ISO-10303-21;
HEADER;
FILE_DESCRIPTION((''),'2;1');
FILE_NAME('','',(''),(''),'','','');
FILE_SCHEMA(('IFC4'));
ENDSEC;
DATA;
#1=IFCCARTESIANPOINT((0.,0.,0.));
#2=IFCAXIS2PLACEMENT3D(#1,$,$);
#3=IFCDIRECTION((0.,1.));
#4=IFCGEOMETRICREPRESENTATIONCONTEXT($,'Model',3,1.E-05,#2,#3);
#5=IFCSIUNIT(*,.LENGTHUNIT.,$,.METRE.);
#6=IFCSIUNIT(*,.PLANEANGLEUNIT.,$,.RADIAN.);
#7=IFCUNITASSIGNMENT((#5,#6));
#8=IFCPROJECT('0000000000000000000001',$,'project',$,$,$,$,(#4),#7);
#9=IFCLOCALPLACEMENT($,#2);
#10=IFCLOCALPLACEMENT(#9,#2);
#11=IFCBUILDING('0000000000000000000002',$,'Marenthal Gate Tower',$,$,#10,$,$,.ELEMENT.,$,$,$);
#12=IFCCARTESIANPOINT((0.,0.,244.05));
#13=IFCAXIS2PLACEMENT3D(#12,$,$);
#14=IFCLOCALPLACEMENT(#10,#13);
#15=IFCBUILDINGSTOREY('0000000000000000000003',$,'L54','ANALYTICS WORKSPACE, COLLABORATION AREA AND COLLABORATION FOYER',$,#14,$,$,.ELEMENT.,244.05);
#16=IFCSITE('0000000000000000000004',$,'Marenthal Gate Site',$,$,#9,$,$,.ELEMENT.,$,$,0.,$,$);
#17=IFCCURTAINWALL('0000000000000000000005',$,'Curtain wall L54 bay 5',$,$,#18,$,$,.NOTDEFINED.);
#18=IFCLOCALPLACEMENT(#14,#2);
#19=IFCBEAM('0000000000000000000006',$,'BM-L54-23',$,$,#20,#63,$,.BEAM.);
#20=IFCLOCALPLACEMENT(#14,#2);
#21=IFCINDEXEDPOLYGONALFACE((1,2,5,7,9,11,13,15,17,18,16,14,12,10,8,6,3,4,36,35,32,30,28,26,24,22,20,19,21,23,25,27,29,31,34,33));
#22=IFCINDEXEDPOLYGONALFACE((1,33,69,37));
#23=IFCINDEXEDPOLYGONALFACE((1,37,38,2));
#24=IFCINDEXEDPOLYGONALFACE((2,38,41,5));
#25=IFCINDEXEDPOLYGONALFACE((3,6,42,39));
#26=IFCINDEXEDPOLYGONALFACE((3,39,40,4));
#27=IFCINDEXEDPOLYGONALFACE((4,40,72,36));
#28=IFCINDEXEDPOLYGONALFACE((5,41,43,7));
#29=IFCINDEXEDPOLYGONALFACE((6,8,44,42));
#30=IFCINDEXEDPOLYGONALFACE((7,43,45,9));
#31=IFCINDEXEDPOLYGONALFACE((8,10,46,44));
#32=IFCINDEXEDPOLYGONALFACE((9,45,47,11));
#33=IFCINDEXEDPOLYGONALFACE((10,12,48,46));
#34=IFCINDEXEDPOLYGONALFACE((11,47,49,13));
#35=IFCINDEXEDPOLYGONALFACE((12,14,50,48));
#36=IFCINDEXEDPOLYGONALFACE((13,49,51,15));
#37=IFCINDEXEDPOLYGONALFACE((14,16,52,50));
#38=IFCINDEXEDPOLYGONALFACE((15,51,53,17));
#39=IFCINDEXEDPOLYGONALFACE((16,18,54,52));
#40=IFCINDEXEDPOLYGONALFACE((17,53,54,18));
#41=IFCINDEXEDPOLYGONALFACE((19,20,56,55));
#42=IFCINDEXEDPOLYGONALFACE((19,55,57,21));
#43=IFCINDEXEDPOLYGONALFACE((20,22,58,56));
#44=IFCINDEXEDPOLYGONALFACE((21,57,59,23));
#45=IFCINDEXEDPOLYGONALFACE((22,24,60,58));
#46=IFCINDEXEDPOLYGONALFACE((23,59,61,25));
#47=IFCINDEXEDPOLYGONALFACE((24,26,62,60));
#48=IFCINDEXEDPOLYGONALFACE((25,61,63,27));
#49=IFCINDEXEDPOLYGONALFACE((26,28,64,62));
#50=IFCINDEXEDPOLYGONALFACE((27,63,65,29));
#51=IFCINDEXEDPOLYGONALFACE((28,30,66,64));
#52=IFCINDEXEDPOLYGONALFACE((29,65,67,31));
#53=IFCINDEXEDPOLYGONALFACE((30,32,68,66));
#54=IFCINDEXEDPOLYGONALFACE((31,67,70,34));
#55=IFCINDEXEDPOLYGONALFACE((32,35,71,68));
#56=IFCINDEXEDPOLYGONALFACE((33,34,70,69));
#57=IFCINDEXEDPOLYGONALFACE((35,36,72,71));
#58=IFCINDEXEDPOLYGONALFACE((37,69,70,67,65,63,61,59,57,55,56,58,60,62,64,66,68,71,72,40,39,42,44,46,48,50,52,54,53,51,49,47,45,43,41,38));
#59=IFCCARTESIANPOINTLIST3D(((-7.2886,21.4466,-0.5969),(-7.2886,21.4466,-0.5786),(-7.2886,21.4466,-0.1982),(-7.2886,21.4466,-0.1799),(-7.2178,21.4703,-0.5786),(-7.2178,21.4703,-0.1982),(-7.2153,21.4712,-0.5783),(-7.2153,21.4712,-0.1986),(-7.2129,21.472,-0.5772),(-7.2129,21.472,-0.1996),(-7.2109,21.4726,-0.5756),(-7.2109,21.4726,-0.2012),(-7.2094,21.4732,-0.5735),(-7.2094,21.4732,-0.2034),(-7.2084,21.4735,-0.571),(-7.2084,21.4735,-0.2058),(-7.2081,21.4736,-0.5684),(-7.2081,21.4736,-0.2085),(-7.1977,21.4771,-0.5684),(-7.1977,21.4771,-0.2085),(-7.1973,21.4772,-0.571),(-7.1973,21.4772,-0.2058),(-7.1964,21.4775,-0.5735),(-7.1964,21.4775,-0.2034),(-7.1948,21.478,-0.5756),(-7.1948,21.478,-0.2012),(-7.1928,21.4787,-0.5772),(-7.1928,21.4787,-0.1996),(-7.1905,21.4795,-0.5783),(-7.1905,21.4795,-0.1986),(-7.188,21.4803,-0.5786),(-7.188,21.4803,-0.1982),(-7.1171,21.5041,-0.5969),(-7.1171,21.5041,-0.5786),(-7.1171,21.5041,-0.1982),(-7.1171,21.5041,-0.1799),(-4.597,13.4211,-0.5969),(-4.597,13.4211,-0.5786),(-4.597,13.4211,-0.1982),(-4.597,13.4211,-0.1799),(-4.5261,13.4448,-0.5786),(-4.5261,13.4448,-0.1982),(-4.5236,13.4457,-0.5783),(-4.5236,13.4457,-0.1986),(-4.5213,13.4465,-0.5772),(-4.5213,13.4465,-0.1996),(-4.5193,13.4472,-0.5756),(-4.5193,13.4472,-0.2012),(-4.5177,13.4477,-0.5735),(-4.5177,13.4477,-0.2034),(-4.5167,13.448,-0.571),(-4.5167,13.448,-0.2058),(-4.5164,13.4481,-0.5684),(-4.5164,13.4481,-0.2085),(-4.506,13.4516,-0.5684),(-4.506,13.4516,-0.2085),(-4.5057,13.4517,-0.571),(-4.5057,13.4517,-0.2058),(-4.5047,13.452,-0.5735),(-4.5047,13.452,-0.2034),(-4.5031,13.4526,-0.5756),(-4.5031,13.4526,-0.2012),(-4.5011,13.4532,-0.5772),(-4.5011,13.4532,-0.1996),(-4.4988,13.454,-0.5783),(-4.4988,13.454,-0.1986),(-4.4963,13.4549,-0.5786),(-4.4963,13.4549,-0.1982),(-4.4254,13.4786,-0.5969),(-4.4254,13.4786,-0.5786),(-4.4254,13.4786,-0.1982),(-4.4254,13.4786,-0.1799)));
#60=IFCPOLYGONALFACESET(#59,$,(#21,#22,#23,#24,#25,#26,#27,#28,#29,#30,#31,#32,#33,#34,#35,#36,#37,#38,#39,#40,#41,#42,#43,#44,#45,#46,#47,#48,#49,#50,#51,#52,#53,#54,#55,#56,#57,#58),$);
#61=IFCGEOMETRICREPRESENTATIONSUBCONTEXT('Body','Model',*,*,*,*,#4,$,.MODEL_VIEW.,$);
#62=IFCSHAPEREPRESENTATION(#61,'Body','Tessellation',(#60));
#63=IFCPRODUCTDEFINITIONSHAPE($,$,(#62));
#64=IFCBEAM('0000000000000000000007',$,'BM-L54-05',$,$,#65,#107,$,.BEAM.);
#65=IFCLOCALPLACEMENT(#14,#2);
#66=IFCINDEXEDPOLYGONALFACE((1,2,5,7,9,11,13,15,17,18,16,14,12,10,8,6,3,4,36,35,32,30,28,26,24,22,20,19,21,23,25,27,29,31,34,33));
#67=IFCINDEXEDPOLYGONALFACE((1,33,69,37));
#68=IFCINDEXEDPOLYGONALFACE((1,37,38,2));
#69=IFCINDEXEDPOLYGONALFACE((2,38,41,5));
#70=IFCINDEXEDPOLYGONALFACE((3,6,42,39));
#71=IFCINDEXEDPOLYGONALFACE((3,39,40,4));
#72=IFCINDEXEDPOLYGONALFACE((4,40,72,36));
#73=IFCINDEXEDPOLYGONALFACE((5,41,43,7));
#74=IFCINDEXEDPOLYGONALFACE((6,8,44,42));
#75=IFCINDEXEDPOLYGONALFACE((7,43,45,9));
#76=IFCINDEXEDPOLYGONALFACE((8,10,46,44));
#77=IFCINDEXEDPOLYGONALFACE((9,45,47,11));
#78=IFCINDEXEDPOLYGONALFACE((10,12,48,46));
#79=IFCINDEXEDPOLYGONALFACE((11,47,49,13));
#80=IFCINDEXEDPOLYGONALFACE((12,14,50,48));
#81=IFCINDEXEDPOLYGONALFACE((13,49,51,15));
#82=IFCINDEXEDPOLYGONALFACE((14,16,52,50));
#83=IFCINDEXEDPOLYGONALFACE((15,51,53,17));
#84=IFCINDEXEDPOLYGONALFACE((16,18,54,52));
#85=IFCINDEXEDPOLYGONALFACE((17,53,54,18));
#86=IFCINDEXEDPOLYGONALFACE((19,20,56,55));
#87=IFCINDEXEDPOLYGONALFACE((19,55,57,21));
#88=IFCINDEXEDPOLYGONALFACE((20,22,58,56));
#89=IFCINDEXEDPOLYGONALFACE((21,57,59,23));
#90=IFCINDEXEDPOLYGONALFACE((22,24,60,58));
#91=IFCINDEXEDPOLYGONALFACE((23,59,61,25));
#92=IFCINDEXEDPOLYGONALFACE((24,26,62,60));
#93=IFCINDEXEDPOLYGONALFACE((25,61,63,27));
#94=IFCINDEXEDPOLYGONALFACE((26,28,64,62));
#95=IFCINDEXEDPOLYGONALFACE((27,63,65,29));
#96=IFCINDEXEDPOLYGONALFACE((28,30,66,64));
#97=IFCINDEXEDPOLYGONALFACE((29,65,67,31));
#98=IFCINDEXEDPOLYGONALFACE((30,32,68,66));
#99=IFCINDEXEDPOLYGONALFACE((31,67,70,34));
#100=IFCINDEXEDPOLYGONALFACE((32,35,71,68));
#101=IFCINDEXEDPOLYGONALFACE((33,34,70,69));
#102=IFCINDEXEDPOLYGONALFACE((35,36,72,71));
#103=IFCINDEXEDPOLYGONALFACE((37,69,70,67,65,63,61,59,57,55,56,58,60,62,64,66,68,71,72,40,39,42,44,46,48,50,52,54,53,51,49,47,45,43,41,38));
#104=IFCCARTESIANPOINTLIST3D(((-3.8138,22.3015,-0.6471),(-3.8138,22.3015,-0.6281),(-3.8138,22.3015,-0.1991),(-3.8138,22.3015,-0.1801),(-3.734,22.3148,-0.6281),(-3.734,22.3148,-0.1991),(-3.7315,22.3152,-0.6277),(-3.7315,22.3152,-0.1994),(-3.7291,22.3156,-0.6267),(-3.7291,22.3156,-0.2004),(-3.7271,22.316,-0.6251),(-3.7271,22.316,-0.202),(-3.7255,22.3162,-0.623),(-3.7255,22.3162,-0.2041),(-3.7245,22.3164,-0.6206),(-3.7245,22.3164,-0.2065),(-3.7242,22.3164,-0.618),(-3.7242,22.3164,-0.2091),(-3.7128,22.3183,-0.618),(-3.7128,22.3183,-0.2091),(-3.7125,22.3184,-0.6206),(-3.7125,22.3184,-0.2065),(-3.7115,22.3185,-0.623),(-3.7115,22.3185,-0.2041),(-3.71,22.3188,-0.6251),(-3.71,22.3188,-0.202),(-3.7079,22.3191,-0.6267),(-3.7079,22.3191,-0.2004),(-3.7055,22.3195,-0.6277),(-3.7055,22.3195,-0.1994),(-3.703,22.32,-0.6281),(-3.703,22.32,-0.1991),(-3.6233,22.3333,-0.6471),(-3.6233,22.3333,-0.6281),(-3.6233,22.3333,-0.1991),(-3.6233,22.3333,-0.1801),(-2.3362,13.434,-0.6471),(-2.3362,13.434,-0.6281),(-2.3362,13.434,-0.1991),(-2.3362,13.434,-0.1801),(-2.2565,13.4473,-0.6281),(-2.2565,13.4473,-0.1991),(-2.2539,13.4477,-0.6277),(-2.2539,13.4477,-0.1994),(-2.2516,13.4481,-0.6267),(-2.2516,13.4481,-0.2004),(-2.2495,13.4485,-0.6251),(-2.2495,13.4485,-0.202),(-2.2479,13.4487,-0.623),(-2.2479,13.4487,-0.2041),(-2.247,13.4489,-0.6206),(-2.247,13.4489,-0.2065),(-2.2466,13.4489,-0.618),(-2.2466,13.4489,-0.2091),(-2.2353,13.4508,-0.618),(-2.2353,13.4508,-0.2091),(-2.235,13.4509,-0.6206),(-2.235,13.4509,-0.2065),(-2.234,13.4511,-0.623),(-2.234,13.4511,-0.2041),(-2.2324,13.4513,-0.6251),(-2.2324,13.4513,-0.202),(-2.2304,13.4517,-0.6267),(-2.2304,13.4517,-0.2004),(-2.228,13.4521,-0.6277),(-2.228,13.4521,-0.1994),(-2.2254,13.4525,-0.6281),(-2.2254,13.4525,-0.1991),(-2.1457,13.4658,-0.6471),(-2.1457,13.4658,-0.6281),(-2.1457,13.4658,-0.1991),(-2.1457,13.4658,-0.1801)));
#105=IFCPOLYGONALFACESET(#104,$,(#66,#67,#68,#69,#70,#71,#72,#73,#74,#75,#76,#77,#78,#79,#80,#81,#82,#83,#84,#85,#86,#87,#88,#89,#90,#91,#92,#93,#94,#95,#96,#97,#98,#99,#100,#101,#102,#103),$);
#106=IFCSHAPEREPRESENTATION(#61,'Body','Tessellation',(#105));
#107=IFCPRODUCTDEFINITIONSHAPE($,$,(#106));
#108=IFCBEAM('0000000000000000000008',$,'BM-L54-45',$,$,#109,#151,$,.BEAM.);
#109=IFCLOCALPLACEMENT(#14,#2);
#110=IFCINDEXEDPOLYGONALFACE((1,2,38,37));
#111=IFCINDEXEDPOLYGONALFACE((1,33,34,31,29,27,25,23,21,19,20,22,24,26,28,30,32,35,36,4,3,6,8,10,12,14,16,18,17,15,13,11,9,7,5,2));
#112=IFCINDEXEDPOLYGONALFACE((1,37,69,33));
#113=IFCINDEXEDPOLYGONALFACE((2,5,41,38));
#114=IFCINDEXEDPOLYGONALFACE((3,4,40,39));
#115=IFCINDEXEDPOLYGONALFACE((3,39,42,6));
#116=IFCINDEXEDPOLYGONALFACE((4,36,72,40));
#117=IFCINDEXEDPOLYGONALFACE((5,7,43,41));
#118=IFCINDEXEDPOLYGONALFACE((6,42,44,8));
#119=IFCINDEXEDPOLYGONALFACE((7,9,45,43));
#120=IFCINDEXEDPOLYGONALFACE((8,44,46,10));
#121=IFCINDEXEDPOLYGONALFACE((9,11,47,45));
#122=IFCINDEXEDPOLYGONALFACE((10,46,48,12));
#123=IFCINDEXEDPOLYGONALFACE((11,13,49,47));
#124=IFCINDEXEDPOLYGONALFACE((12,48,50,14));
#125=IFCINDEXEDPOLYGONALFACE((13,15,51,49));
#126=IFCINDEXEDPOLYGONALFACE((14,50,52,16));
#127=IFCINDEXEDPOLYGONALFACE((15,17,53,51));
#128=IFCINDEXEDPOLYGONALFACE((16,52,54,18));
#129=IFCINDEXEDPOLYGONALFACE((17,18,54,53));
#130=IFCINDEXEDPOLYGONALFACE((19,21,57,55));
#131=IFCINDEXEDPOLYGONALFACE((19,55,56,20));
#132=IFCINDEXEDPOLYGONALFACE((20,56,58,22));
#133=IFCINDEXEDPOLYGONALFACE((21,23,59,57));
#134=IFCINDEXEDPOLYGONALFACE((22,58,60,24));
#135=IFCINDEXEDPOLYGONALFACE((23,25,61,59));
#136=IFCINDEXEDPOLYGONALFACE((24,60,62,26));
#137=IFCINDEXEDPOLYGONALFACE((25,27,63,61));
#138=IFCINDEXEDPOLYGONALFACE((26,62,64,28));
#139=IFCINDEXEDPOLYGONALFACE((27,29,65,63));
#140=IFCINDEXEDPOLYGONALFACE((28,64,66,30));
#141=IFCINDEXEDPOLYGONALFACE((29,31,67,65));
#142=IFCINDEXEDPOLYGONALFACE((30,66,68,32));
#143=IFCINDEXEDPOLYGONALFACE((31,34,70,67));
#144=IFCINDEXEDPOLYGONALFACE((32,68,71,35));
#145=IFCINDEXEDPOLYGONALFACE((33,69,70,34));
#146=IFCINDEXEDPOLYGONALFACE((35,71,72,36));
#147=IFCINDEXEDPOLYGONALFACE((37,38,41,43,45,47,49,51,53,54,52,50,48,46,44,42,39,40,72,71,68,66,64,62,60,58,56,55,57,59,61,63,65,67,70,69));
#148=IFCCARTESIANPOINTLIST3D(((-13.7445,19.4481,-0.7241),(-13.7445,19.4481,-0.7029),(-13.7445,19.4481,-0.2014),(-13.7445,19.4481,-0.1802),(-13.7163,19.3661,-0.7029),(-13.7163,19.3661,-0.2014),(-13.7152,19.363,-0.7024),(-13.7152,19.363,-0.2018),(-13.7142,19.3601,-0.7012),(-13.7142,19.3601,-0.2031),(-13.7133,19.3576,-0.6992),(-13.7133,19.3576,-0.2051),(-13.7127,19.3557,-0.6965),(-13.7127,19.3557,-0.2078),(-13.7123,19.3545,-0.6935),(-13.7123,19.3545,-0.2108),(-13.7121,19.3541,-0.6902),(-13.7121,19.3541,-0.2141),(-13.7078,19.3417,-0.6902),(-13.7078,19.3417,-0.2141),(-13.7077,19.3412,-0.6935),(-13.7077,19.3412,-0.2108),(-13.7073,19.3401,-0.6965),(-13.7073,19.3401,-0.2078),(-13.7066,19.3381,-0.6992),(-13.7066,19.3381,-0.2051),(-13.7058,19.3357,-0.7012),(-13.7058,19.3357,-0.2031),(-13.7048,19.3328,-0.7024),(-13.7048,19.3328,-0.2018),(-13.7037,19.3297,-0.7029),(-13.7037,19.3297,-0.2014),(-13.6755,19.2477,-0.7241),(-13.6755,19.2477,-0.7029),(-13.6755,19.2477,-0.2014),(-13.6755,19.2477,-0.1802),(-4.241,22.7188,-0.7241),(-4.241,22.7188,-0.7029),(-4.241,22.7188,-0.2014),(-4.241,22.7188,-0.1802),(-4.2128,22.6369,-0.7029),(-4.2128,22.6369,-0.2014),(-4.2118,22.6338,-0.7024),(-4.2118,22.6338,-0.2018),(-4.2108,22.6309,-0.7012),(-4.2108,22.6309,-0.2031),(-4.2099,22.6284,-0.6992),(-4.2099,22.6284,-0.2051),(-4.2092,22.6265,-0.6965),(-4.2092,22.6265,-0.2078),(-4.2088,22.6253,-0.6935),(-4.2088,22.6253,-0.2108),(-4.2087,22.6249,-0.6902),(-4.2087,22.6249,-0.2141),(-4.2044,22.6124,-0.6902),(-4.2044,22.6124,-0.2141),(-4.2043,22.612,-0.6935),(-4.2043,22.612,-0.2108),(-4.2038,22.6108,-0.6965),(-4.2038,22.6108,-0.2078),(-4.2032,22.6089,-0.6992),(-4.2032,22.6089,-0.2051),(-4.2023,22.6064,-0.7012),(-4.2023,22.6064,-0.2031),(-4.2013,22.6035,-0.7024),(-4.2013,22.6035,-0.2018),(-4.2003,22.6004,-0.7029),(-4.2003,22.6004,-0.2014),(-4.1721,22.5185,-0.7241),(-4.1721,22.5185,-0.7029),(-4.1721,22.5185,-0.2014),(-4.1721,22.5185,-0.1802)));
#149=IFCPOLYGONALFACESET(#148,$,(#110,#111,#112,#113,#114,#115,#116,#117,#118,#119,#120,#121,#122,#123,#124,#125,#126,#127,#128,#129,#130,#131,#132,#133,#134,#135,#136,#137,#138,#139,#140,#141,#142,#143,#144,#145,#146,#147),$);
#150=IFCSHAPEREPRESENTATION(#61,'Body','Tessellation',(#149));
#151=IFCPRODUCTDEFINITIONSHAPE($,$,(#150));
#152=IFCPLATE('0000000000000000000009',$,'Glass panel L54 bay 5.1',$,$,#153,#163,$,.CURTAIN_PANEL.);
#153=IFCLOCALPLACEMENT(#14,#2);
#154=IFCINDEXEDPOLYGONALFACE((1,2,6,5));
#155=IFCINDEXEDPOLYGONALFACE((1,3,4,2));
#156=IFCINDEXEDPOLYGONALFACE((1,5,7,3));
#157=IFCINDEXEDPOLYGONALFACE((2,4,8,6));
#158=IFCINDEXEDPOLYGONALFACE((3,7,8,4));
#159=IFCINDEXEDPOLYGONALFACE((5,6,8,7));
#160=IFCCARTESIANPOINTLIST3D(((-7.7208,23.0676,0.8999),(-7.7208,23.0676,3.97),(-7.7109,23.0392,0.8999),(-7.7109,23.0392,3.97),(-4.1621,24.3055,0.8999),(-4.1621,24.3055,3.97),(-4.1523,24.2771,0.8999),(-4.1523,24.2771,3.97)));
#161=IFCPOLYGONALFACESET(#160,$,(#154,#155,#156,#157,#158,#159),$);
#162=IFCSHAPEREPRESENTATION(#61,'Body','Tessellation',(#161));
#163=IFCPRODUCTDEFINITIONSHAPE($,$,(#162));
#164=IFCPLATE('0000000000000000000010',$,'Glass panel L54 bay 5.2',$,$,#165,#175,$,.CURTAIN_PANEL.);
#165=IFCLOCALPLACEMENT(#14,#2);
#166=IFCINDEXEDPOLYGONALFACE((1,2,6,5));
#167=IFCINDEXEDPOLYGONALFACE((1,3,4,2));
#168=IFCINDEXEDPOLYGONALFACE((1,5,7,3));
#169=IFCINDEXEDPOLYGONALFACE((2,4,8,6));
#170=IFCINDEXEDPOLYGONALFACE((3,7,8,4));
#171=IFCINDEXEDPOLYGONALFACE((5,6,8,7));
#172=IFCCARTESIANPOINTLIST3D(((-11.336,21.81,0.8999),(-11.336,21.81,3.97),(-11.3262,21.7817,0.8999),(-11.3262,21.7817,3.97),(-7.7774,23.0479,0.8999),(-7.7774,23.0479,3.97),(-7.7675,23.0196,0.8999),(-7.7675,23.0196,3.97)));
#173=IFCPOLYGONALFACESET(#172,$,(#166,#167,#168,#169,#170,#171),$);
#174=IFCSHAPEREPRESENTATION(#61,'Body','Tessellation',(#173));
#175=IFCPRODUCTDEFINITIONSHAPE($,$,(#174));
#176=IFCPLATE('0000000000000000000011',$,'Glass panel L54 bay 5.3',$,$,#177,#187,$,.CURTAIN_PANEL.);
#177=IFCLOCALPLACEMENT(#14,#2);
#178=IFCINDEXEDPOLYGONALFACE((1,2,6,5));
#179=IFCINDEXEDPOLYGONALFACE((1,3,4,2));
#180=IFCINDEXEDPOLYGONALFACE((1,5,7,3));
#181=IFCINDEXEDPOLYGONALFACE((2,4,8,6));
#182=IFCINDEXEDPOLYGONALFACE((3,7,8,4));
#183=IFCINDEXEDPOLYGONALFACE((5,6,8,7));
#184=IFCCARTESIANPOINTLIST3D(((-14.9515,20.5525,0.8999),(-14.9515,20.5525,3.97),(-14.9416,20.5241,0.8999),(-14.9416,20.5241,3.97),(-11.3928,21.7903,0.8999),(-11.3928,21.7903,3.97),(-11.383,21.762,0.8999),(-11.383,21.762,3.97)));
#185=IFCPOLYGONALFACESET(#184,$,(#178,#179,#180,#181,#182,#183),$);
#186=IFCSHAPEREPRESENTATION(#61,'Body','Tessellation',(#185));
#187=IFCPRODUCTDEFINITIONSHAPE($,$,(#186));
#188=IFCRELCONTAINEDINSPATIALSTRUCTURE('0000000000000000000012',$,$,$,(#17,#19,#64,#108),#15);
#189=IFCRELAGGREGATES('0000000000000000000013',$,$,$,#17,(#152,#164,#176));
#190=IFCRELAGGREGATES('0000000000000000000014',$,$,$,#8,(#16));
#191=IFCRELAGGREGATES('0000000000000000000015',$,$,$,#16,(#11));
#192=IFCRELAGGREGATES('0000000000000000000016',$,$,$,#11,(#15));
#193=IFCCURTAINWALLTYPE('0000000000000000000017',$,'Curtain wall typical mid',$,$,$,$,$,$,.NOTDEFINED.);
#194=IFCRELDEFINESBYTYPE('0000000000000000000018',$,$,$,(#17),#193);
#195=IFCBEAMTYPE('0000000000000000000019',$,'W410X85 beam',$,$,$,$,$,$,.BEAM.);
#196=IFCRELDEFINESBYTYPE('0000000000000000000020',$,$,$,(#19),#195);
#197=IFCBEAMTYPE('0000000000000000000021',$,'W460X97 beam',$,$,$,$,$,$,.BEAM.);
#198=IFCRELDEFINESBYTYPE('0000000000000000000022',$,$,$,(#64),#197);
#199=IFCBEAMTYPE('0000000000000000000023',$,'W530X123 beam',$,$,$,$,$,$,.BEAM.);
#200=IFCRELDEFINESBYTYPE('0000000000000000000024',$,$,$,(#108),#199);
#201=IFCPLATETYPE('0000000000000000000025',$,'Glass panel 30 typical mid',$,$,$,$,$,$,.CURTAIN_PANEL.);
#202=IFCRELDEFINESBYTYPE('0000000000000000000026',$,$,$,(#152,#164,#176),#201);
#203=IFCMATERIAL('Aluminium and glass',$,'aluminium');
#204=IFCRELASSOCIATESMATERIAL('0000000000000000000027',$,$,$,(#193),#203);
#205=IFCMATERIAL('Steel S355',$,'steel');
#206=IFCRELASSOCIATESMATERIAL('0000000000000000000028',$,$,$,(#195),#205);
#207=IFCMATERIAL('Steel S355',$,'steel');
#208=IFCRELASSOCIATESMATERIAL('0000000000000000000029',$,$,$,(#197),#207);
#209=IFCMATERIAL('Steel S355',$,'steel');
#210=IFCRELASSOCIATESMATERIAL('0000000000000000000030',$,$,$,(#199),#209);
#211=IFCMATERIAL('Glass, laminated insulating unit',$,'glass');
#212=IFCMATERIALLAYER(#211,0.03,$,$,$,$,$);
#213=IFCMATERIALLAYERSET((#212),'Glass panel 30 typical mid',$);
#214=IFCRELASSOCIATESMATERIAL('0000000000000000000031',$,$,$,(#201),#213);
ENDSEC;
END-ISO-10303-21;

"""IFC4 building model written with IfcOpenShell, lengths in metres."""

from ifc_helpers import new_model, si_unit, direction, frame, origin, origin_2d, place, context, subcontext, project, spatial, rectangle, i_section, extrude, material, layer, layer_set, material_profile, profile_set, type_object, element, aggregate, save


model = new_model("IFC4")

# Units and contexts
model_context = context("Model", 3, precision=1e-05, world=origin(), true_north=direction((0.0, 1.0)))
body_context = subcontext(model_context, "Body", "Model", "MODEL_VIEW")
ifc_project = project(units=[si_unit("LENGTHUNIT", "METRE"), si_unit("PLANEANGLEUNIT", "RADIAN")], contexts=[model_context])

# Site, building, storey
site_placement = place(None, origin())
site = spatial("IfcSite", under=ifc_project, at=site_placement, Name="Marenthal Gate Site", CompositionType="ELEMENT", RefElevation=0.0)
building_placement = place(site_placement, origin())
building = spatial("IfcBuilding", under=site, at=building_placement, Name="Marenthal Gate Tower", CompositionType="ELEMENT")
storey_placement = place(building_placement, frame((0.0, 0.0, 244.05)))
storey = spatial("IfcBuildingStorey", under=building, at=storey_placement, Name="L54", Description="ANALYTICS WORKSPACE, COLLABORATION AREA AND COLLABORATION FOYER", CompositionType="ELEMENT", Elevation=244.05)

# Curtain wall
ifc_material_1 = material(Name="Aluminium and glass", Category="aluminium")
curtain_wall_type = type_object("IfcCurtainWallType", Name="Curtain wall typical mid", PredefinedType="NOTDEFINED", material=ifc_material_1)
curtain_wall_placement = place(storey_placement, origin())
curtain_wall = element("IfcCurtainWall", 1, at=curtain_wall_placement, inside=storey, type_object=curtain_wall_type, Name="Curtain wall L54 bay 5", PredefinedType="NOTDEFINED")

# Beams
ifc_material_2 = material(Name="Steel S355", Category="steel")
ifc_material_profile_1 = material_profile(ifc_material_2, i_section(OverallWidth=0.1809, OverallDepth=0.417, WebThickness=0.011, FlangeThickness=0.0183, FilletRadius=0.0103, at=origin_2d()), Name="W410X85")
ifc_profile_set_1 = profile_set([ifc_material_profile_1], Name="Steel S355")
beam_type_1 = type_object("IfcBeamType", Name="W410X85 beam", PredefinedType="BEAM", material=ifc_profile_set_1)
beam_1_placement = place(storey_placement, frame((-7.2029, 21.4753, -0.3884), z_axis=(0.317984, -0.948096, 0.0), x_axis=(0.948096, 0.317984, 0.0)))
element("IfcBeam", 2, at=beam_1_placement, inside=storey, type_object=beam_type_1, Name="BM-L54-23", PredefinedType="BEAM", context=body_context, shape_type="SweptSolid", body=[
    extrude(i_section(OverallWidth=0.1809, OverallDepth=0.417, WebThickness=0.011, FlangeThickness=0.0183, FilletRadius=0.0103, at=origin_2d()), origin(), (0.0, 0.0, 1.0), 8.4648),
])
ifc_material_3 = material(Name="Steel S355", Category="steel")
ifc_material_profile_2 = material_profile(ifc_material_3, i_section(OverallWidth=0.1931, OverallDepth=0.467, WebThickness=0.0115, FlangeThickness=0.019, FilletRadius=0.01, at=origin_2d()), Name="W460X97")
ifc_profile_set_2 = profile_set([ifc_material_profile_2], Name="Steel S355")
beam_type_2 = type_object("IfcBeamType", Name="W460X97 beam", PredefinedType="BEAM", material=ifc_profile_set_2)
beam_2_placement = place(storey_placement, frame((-3.7185, 22.3174, -0.4136), z_axis=(0.164359, -0.986401, 0.0), x_axis=(0.986401, 0.164359, 0.0)))
element("IfcBeam", 3, at=beam_2_placement, inside=storey, type_object=beam_type_2, Name="BM-L54-05", PredefinedType="BEAM", context=body_context, shape_type="SweptSolid", body=[
    extrude(i_section(OverallWidth=0.1931, OverallDepth=0.467, WebThickness=0.0115, FlangeThickness=0.019, FilletRadius=0.01, at=origin_2d()), origin(), (0.0, 0.0, 1.0), 8.9897),
])
ifc_material_4 = material(Name="Steel S355", Category="steel")
ifc_material_profile_3 = material_profile(ifc_material_4, i_section(OverallWidth=0.2119, OverallDepth=0.5439, WebThickness=0.0132, FlangeThickness=0.0212, FilletRadius=0.0127, at=origin_2d()), Name="W530X123")
ifc_profile_set_3 = profile_set([ifc_material_profile_3], Name="Steel S355")
beam_type_3 = type_object("IfcBeamType", Name="W530X123 beam", PredefinedType="BEAM", material=ifc_profile_set_3)
beam_3_placement = place(storey_placement, frame((-4.2065, 22.6187, -0.4521), z_axis=(-0.945566, -0.325431, 0.0), x_axis=(0.325431, -0.945566, 0.0)))
element("IfcBeam", 4, at=beam_3_placement, inside=storey, type_object=beam_type_3, Name="BM-L54-45", PredefinedType="BEAM", context=body_context, shape_type="SweptSolid", body=[
    extrude(i_section(OverallWidth=0.2119, OverallDepth=0.5439, WebThickness=0.0132, FlangeThickness=0.0212, FilletRadius=0.0127, at=origin_2d()), origin(), (0.0, 0.0, 1.0), 10.0505),
])

# Plates
ifc_material_5 = material(Name="Glass, laminated insulating unit", Category="glass")
ifc_layer_1 = layer(ifc_material_5, 0.03)
ifc_layer_set_1 = layer_set([ifc_layer_1], Name="Glass panel 30 typical mid")
plate_type = type_object("IfcPlateType", Name="Glass panel 30 typical mid", PredefinedType="CURTAIN_PANEL", material=ifc_layer_set_1)
plate_1_placement = place(storey_placement, frame((-5.9365, 23.6724, 0.8999), z_axis=(0.0, 0.0, 1.0), x_axis=(-0.94449, -0.32854, 0.0)))
plate_1 = element("IfcPlate", 5, at=plate_1_placement, type_object=plate_type, Name="Glass panel L54 bay 5.1", PredefinedType="CURTAIN_PANEL", context=body_context, shape_type="SweptSolid", body=[
    extrude(rectangle(XDim=3.7678, YDim=0.03, at=origin_2d()), origin(), (0.0, 0.0, 1.0), 3.0701),
])
plate_2_placement = place(storey_placement, frame((-9.5518, 22.4148, 0.8999), z_axis=(0.0, 0.0, 1.0), x_axis=(-0.94449, -0.32854, 0.0)))
plate_2 = element("IfcPlate", 6, at=plate_2_placement, type_object=plate_type, Name="Glass panel L54 bay 5.2", PredefinedType="CURTAIN_PANEL", context=body_context, shape_type="SweptSolid", body=[
    extrude(rectangle(XDim=3.7678, YDim=0.03, at=origin_2d()), origin(), (0.0, 0.0, 1.0), 3.0701),
])
plate_3_placement = place(storey_placement, frame((-13.1672, 21.1572, 0.8999), z_axis=(0.0, 0.0, 1.0), x_axis=(-0.94449, -0.32854, 0.0)))
plate_3 = element("IfcPlate", 7, at=plate_3_placement, type_object=plate_type, Name="Glass panel L54 bay 5.3", PredefinedType="CURTAIN_PANEL", context=body_context, shape_type="SweptSolid", body=[
    extrude(rectangle(XDim=3.7678, YDim=0.03, at=origin_2d()), origin(), (0.0, 0.0, 1.0), 3.0701),
])
aggregate(curtain_wall, [plate_1, plate_2, plate_3])

save(model, "model.ifc")
